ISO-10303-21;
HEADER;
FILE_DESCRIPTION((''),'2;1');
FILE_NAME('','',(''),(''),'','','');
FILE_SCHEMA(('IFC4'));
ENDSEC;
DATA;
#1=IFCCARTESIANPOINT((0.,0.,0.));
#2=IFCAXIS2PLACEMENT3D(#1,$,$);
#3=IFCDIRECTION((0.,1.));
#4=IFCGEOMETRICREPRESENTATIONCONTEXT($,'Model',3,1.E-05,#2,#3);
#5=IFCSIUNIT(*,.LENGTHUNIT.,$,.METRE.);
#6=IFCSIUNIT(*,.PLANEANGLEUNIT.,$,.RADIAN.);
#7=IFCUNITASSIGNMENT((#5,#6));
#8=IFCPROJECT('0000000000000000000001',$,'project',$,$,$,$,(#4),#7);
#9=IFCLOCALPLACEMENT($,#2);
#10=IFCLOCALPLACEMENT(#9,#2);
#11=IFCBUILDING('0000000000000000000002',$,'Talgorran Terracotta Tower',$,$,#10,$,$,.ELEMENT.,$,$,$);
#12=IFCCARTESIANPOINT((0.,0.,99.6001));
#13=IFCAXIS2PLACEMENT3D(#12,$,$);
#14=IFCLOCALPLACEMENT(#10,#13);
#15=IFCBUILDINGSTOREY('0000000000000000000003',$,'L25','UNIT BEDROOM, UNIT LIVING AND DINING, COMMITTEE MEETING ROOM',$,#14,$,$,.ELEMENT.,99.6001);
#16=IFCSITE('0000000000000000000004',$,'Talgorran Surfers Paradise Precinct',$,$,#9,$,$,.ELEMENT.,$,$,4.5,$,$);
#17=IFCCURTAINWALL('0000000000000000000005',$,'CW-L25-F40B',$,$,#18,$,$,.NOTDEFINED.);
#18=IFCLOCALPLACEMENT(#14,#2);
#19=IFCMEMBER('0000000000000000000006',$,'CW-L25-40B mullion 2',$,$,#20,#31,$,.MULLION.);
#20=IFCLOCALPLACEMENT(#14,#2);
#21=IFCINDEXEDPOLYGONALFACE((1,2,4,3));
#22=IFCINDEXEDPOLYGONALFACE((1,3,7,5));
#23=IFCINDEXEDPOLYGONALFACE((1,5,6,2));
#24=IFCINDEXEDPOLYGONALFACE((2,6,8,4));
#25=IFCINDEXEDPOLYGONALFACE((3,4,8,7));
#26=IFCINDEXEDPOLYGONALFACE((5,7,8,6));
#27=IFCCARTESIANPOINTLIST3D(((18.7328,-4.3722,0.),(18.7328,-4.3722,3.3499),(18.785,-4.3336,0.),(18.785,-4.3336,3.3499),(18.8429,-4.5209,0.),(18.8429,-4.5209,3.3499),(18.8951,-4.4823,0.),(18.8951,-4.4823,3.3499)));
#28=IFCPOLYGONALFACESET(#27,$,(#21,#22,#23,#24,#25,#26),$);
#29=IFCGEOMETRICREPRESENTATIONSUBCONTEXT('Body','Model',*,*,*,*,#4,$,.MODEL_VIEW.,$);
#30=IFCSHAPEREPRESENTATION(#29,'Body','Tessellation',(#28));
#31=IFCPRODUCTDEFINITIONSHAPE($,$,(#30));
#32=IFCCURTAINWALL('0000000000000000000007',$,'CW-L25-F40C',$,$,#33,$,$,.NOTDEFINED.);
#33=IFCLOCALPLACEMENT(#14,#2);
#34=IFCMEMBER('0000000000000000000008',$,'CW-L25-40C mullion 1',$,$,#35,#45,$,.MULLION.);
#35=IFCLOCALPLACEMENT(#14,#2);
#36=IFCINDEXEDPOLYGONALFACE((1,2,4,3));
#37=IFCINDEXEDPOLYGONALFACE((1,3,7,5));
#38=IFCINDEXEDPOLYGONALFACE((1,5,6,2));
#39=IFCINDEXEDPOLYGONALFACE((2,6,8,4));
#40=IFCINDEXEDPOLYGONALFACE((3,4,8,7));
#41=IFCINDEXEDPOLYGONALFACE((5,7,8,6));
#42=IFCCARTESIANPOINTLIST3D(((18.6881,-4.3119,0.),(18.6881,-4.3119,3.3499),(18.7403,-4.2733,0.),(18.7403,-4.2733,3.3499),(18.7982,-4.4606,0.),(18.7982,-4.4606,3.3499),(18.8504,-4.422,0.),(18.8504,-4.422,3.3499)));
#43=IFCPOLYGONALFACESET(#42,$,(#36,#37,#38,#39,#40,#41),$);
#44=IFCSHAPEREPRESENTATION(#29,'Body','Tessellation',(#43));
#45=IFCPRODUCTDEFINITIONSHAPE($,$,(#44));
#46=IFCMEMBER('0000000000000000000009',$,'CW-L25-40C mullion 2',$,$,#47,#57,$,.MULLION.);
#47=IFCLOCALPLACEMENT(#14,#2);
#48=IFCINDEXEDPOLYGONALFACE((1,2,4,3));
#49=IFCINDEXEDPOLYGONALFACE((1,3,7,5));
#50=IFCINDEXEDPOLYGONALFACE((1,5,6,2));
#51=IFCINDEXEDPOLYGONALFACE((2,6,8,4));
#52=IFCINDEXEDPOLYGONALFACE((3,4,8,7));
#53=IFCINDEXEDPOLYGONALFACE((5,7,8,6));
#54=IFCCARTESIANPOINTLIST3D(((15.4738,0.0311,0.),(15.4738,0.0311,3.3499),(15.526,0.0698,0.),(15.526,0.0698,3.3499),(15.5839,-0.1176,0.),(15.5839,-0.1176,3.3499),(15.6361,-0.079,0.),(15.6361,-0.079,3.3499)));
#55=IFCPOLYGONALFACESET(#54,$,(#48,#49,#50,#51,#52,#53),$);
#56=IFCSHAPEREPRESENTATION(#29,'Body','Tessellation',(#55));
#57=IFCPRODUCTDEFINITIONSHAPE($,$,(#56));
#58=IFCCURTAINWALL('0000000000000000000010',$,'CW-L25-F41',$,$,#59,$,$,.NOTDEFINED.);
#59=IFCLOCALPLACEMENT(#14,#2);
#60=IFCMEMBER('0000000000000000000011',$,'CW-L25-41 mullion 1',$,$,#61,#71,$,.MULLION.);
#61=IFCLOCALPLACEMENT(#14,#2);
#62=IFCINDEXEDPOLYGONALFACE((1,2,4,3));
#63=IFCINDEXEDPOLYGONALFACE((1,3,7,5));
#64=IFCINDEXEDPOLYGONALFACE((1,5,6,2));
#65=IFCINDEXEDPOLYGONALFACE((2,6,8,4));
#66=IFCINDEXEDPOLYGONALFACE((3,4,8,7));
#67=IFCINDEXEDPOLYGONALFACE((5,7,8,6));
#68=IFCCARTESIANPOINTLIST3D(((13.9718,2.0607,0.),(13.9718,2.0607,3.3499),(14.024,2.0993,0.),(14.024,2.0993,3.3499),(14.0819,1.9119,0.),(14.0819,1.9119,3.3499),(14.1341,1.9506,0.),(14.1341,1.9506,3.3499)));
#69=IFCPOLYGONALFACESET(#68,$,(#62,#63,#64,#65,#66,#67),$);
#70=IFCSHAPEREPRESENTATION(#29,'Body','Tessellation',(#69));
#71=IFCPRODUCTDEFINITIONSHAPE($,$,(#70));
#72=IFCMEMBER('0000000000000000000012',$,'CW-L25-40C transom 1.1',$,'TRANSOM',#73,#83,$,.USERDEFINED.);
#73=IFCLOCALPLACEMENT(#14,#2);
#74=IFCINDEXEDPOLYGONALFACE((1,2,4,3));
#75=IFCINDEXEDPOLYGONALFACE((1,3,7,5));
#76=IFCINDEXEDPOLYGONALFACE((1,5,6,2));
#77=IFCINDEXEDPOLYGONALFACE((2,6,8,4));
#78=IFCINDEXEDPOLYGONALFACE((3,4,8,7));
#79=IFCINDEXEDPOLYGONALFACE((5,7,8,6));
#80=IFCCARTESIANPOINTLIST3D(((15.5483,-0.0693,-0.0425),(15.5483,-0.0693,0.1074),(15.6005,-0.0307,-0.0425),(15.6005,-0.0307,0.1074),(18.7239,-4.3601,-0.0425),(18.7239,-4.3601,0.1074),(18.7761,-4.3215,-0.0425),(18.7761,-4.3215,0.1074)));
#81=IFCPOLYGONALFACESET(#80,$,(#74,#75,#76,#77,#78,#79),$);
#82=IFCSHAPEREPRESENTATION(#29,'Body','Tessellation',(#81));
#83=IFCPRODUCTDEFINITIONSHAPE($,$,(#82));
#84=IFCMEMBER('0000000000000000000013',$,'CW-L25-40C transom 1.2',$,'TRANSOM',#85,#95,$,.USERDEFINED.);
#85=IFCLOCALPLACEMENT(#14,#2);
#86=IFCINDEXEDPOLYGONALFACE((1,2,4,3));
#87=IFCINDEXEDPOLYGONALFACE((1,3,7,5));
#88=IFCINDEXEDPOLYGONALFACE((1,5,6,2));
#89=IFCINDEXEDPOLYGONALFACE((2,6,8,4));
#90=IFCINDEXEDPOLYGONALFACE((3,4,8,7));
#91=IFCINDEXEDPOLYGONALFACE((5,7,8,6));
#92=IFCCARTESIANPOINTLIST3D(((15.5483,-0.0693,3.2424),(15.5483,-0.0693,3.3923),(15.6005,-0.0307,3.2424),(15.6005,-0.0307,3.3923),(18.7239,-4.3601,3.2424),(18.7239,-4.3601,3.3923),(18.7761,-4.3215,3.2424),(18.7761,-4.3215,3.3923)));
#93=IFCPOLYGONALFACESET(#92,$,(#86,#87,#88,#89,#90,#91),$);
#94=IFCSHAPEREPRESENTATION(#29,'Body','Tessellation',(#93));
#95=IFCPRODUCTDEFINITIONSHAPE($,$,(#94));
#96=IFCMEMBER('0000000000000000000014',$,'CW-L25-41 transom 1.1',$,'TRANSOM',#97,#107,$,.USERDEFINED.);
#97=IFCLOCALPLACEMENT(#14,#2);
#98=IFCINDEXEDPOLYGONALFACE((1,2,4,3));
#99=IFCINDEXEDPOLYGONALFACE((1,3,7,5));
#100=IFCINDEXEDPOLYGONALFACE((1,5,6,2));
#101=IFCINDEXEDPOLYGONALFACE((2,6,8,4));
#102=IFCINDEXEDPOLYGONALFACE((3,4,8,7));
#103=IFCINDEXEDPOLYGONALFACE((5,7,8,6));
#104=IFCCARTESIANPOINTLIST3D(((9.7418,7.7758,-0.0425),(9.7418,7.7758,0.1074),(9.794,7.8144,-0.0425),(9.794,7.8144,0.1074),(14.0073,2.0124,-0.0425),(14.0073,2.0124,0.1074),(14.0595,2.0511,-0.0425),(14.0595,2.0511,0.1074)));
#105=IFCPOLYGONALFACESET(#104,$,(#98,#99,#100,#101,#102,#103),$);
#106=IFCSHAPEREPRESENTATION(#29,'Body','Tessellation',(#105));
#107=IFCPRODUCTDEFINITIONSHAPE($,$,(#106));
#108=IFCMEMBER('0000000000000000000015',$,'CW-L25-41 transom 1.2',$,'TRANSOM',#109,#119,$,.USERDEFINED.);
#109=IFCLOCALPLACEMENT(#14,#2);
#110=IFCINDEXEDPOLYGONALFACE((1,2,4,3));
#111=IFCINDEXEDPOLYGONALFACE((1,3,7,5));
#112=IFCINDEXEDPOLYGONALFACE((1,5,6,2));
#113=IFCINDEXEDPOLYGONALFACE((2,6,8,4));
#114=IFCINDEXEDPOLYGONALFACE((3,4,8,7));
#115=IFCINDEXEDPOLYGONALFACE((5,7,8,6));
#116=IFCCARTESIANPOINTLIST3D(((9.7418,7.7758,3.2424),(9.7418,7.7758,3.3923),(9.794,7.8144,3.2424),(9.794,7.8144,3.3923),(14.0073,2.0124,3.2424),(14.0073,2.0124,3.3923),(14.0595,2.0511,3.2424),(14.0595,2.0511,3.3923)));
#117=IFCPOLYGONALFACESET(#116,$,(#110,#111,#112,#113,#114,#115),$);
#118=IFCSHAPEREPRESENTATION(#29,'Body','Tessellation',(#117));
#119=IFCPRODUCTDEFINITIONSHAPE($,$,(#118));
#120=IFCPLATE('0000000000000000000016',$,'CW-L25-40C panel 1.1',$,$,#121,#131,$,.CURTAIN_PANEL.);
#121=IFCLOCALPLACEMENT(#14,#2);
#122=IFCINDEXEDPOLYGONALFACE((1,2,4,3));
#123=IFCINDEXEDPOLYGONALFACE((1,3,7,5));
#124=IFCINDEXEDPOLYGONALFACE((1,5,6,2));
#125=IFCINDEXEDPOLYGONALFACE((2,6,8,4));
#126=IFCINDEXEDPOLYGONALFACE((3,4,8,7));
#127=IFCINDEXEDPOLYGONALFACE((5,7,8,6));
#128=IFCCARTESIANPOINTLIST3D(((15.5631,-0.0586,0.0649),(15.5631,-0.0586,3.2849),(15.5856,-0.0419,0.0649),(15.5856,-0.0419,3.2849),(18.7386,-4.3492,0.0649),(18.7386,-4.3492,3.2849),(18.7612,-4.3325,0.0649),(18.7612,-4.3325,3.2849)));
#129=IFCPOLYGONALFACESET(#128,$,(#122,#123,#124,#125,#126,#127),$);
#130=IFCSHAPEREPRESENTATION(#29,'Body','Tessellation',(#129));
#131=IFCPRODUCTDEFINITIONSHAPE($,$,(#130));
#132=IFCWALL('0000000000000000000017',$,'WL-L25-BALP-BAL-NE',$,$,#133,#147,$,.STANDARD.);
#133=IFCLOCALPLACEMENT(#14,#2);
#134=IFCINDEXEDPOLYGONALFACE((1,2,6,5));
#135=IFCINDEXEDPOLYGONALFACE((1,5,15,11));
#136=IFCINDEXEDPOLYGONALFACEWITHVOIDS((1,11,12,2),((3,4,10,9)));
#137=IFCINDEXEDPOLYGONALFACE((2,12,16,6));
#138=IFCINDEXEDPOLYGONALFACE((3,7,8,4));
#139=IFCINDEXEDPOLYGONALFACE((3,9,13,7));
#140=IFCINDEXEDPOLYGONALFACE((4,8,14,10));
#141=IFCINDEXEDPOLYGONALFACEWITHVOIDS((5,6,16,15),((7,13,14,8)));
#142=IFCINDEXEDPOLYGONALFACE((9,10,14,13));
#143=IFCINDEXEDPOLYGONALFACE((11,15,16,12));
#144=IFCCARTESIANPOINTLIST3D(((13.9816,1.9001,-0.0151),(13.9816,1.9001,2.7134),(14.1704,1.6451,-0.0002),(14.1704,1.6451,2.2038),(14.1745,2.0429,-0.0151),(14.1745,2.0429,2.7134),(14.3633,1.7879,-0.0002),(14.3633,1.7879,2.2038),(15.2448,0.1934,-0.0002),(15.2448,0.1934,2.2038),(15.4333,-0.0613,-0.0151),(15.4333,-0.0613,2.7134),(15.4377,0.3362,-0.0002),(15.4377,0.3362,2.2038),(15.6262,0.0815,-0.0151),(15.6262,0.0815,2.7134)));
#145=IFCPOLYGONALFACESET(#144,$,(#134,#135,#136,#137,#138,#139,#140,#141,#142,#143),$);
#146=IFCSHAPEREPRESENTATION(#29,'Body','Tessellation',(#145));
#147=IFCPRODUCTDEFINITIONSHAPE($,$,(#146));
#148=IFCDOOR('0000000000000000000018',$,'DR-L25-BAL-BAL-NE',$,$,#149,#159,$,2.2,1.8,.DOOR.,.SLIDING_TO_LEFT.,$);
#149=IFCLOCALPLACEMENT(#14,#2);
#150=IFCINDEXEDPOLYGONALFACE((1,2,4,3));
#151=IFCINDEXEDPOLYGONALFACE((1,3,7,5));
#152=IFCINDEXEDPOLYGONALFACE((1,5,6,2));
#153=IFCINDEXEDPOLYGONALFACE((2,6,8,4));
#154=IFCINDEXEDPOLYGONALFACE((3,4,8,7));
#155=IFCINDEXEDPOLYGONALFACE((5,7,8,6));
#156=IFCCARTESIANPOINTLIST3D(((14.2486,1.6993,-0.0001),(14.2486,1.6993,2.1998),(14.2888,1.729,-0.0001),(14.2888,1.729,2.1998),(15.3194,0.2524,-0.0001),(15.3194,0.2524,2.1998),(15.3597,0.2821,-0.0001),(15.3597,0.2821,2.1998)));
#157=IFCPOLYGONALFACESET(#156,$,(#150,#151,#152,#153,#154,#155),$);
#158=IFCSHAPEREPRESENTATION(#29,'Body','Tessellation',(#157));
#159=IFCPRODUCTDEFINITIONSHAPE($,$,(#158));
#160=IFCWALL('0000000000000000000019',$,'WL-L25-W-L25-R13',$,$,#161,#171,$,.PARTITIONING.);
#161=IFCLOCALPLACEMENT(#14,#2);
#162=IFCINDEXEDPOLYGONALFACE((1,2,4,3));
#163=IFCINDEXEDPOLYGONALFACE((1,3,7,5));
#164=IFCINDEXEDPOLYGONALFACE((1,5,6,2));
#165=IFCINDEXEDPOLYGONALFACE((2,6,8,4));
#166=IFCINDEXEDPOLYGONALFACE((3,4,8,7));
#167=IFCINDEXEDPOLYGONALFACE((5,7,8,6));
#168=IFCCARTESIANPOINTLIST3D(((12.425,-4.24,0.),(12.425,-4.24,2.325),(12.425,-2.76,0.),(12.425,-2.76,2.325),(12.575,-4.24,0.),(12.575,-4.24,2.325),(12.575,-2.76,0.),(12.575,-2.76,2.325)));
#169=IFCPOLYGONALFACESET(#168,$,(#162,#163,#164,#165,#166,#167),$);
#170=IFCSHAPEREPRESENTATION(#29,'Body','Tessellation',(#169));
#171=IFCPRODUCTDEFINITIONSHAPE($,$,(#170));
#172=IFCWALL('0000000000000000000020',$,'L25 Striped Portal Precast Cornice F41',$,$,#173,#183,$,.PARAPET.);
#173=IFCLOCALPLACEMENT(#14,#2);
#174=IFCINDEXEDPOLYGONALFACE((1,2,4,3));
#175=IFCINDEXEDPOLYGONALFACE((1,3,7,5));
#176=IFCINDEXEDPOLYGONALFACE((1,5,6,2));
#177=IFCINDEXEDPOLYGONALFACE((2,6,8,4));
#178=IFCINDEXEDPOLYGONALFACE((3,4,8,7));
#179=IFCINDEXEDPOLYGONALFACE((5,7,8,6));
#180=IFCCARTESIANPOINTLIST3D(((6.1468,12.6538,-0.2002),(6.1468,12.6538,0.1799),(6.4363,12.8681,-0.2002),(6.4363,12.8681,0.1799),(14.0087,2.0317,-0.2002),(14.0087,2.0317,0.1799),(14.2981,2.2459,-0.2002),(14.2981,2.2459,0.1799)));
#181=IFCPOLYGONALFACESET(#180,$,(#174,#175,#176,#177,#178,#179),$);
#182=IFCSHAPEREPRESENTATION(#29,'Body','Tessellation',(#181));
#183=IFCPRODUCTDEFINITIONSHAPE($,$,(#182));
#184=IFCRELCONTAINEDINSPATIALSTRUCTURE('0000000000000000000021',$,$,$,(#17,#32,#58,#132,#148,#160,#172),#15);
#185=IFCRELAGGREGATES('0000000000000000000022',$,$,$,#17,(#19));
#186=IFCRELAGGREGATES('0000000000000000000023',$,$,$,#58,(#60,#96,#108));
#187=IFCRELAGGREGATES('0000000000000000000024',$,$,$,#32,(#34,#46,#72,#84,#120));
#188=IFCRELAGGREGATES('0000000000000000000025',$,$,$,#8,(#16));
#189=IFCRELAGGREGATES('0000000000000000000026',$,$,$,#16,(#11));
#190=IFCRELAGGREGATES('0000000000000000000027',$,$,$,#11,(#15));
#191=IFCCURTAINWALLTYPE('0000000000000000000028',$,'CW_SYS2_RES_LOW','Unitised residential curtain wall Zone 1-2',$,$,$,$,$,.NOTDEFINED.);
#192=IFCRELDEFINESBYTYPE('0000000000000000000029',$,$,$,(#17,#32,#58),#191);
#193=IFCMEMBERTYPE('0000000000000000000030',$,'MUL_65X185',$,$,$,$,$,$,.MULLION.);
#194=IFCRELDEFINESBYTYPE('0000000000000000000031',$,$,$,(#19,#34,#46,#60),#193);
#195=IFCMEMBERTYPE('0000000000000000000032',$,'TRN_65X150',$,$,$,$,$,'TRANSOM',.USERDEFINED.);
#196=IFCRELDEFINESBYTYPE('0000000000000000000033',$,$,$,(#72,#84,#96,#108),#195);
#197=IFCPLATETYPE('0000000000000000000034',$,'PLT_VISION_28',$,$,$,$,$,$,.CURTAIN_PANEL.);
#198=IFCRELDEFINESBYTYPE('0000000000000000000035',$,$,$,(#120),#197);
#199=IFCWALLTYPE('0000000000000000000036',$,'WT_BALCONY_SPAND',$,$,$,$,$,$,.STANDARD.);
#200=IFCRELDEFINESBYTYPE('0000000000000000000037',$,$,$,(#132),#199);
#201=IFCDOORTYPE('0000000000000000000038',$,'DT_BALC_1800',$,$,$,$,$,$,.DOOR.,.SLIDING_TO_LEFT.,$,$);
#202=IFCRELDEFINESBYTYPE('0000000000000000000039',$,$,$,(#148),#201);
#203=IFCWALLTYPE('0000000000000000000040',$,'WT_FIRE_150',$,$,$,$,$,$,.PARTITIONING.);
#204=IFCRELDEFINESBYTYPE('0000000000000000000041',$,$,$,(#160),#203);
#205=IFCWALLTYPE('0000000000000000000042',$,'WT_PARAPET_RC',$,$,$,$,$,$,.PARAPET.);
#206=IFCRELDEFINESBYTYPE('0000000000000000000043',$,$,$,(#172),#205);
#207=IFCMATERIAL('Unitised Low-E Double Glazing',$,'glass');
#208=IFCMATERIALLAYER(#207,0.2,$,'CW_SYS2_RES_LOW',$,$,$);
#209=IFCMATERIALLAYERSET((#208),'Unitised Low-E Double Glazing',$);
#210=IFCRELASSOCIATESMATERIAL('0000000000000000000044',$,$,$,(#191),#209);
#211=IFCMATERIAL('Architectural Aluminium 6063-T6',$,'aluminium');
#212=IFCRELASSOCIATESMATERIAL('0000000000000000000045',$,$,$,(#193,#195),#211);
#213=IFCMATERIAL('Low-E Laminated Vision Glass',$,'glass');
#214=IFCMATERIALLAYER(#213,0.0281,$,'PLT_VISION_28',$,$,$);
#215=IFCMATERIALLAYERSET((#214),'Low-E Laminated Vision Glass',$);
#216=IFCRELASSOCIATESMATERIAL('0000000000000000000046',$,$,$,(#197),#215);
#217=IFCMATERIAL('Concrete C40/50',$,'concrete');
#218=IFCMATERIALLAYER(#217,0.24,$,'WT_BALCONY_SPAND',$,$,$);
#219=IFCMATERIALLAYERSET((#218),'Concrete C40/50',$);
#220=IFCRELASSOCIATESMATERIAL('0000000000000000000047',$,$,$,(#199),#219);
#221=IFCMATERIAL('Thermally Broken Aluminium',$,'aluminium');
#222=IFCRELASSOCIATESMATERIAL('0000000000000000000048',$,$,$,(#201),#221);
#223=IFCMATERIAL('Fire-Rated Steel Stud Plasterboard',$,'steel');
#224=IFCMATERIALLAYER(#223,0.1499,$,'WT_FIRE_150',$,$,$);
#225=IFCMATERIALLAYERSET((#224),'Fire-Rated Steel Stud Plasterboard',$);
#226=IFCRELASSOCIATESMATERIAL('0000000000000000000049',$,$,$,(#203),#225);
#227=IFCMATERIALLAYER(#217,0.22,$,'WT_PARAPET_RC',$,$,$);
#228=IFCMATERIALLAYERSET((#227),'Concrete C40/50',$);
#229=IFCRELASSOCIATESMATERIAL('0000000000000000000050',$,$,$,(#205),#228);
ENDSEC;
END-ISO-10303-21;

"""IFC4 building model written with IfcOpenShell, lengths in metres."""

from ifc_helpers import new_model, si_unit, direction, frame, frame_2d, origin, origin_2d, place, context, subcontext, project, spatial, rectangle, extrude, source, transform, mapped, material, layer, layer_set, material_profile, profile_set, type_object, type_shapes, element, fill, aggregate, save


model = new_model("IFC4")

# Units and contexts
model_context = context("Model", 3, precision=1e-05, world=origin(), true_north=direction((0.0, 1.0)))
body_context = subcontext(model_context, "Body", "Model", "MODEL_VIEW")
ifc_project = project(units=[si_unit("LENGTHUNIT", "METRE"), si_unit("PLANEANGLEUNIT", "RADIAN")], contexts=[model_context])

# Site, building, storey
site_placement = place(None, origin())
site = spatial("IfcSite", under=ifc_project, at=site_placement, Name="Talgorran Surfers Paradise Precinct", CompositionType="ELEMENT", RefElevation=4.5)
building_placement = place(site_placement, origin())
building = spatial("IfcBuilding", under=site, at=building_placement, Name="Talgorran Terracotta Tower", CompositionType="ELEMENT")
storey_placement = place(building_placement, frame((0.0, 0.0, 99.6001)))
storey = spatial("IfcBuildingStorey", under=building, at=storey_placement, Name="L25", Description="UNIT BEDROOM, UNIT LIVING AND DINING, COMMITTEE MEETING ROOM", CompositionType="ELEMENT", Elevation=99.6001)

# Curtain wall, member
ifc_material_1 = material(Name="Unitised Low-E Double Glazing", Category="glass")
ifc_layer_1 = layer(ifc_material_1, 0.2, Name="CW_SYS2_RES_LOW")
ifc_layer_set_1 = layer_set([ifc_layer_1], Name="Unitised Low-E Double Glazing")
curtain_wall_type = type_object("IfcCurtainWallType", Name="CW_SYS2_RES_LOW", Description="Unitised residential curtain wall Zone 1-2", PredefinedType="NOTDEFINED", material=ifc_layer_set_1)
curtain_wall_1_placement = place(storey_placement, origin())
curtain_wall_1 = element("IfcCurtainWall", 1, at=curtain_wall_1_placement, inside=storey, type_object=curtain_wall_type, Name="CW-L25-F40B", PredefinedType="NOTDEFINED")
ifc_material_2 = material(Name="Architectural Aluminium 6063-T6", Category="aluminium")
ifc_material_profile_1 = material_profile(ifc_material_2, rectangle(XDim=0.0649, YDim=0.1851, at=origin_2d()), Name="CWM65X185")
ifc_profile_set_1 = profile_set([ifc_material_profile_1], Name="Architectural Aluminium 6063-T6")
member_type_1 = type_object("IfcMemberType", Name="MUL_65X185", PredefinedType="MULLION", material=ifc_profile_set_1)
member_1_placement = place(storey_placement, frame((18.814, -4.4272, 0.0), z_axis=(0.0, 0.0, 1.0), x_axis=(-0.803792, -0.59491, 0.0)))
member_1 = element("IfcMember", 2, at=member_1_placement, type_object=member_type_1, Name="CW-L25-40B mullion 2", PredefinedType="MULLION", context=body_context, shape_type="SweptSolid", body=[
    extrude(rectangle(XDim=0.0649, YDim=0.1851, at=origin_2d()), origin(), (0.0, 0.0, 1.0), 3.3499),
])
aggregate(curtain_wall_1, [member_1])

# Curtain wall, members
curtain_wall_2_placement = place(storey_placement, origin())
curtain_wall_2 = element("IfcCurtainWall", 3, at=curtain_wall_2_placement, inside=storey, type_object=curtain_wall_type, Name="CW-L25-F40C", PredefinedType="NOTDEFINED")
member_2_placement = place(storey_placement, frame((18.7693, -4.3669, 0.0), z_axis=(0.0, 0.0, 1.0), x_axis=(-0.803796, -0.594905, 0.0)))
member_2 = element("IfcMember", 4, at=member_2_placement, type_object=member_type_1, Name="CW-L25-40C mullion 1", PredefinedType="MULLION", context=body_context, shape_type="SweptSolid", body=[
    extrude(rectangle(XDim=0.0649, YDim=0.1851, at=origin_2d()), origin(), (0.0, 0.0, 1.0), 3.3499),
])
member_3_placement = place(storey_placement, frame((15.5549, -0.0239, 0.0), z_axis=(0.0, 0.0, 1.0), x_axis=(-0.803796, -0.594905, 0.0)))
member_3 = element("IfcMember", 5, at=member_3_placement, type_object=member_type_1, Name="CW-L25-40C mullion 2", PredefinedType="MULLION", context=body_context, shape_type="SweptSolid", body=[
    extrude(rectangle(XDim=0.0649, YDim=0.1851, at=origin_2d()), origin(), (0.0, 0.0, 1.0), 3.3499),
])

# Curtain wall, member
curtain_wall_3_placement = place(storey_placement, origin())
curtain_wall_3 = element("IfcCurtainWall", 6, at=curtain_wall_3_placement, inside=storey, type_object=curtain_wall_type, Name="CW-L25-F41", PredefinedType="NOTDEFINED")
member_4_placement = place(storey_placement, frame((14.053, 2.0056, 0.0), z_axis=(0.0, 0.0, 1.0), x_axis=(-0.803793, -0.59491, 0.0)))
member_4 = element("IfcMember", 7, at=member_4_placement, type_object=member_type_1, Name="CW-L25-41 mullion 1", PredefinedType="MULLION", context=body_context, shape_type="SweptSolid", body=[
    extrude(rectangle(XDim=0.0649, YDim=0.1851, at=origin_2d()), origin(), (0.0, 0.0, 1.0), 3.3499),
])

# Members
ifc_material_profile_2 = material_profile(ifc_material_2, rectangle(XDim=0.0649, YDim=0.1499, at=origin_2d()), Name="CWT65X150")
ifc_profile_set_2 = profile_set([ifc_material_profile_2], Name="Architectural Aluminium 6063-T6")
member_type_2 = type_object("IfcMemberType", Name="TRN_65X150", ElementType="TRANSOM", PredefinedType="USERDEFINED", material=ifc_profile_set_2)
member_5_placement = place(storey_placement, frame((18.75, -4.3408, 0.0325), z_axis=(-0.594887, 0.803809, 0.0), x_axis=(-0.803809, -0.594887, 0.0)))
member_5 = element("IfcMember", 8, at=member_5_placement, type_object=member_type_2, Name="CW-L25-40C transom 1.1", ObjectType="TRANSOM", PredefinedType="USERDEFINED", context=body_context, shape_type="SweptSolid", body=[
    extrude(rectangle(XDim=0.0649, YDim=0.1499, at=origin_2d()), origin(), (0.0, 0.0, 1.0), 5.3381),
])
member_6_placement = place(storey_placement, frame((18.75, -4.3408, 3.3174), z_axis=(-0.594887, 0.803809, 0.0), x_axis=(-0.803809, -0.594887, 0.0)))
member_6 = element("IfcMember", 9, at=member_6_placement, type_object=member_type_2, Name="CW-L25-40C transom 1.2", ObjectType="TRANSOM", PredefinedType="USERDEFINED", context=body_context, shape_type="SweptSolid", body=[
    extrude(rectangle(XDim=0.0649, YDim=0.1499, at=origin_2d()), origin(), (0.0, 0.0, 1.0), 5.3381),
])
member_7_placement = place(storey_placement, frame((14.0334, 2.0317, 0.0325), z_axis=(-0.594905, 0.803796, 0.0), x_axis=(-0.803796, -0.594905, 0.0)))
member_7 = element("IfcMember", 10, at=member_7_placement, type_object=member_type_2, Name="CW-L25-41 transom 1.1", ObjectType="TRANSOM", PredefinedType="USERDEFINED", context=body_context, shape_type="SweptSolid", body=[
    extrude(rectangle(XDim=0.0649, YDim=0.1499, at=origin_2d()), origin(), (0.0, 0.0, 1.0), 7.1702),
])
member_8_placement = place(storey_placement, frame((14.0334, 2.0317, 3.3174), z_axis=(-0.594905, 0.803796, 0.0), x_axis=(-0.803796, -0.594905, 0.0)))
member_8 = element("IfcMember", 11, at=member_8_placement, type_object=member_type_2, Name="CW-L25-41 transom 1.2", ObjectType="TRANSOM", PredefinedType="USERDEFINED", context=body_context, shape_type="SweptSolid", body=[
    extrude(rectangle(XDim=0.0649, YDim=0.1499, at=origin_2d()), origin(), (0.0, 0.0, 1.0), 7.1702),
])
aggregate(curtain_wall_3, [member_4, member_7, member_8])

# Plate
ifc_material_3 = material(Name="Low-E Laminated Vision Glass", Category="glass")
ifc_layer_2 = layer(ifc_material_3, 0.0281, Name="PLT_VISION_28")
ifc_layer_set_2 = layer_set([ifc_layer_2], Name="Low-E Laminated Vision Glass")
plate_type = type_object("IfcPlateType", Name="PLT_VISION_28", PredefinedType="CURTAIN_PANEL", material=ifc_layer_set_2)
shared_shape = source(origin(), body_context, "Body", "SweptSolid", [
    extrude(rectangle(XDim=5.3379, YDim=0.0281, at=origin_2d()), origin(), (0.0, 0.0, 1.0), 3.22),
])
type_shapes(plate_type, [shared_shape])
plate_placement = place(storey_placement, frame((17.1621, -2.1956, 0.0649), z_axis=(0.0, 0.0, 1.0), x_axis=(-0.594905, 0.803796, 0.0)))
plate = element("IfcPlate", 12, at=plate_placement, type_object=plate_type, Name="CW-L25-40C panel 1.1", PredefinedType="CURTAIN_PANEL", context=body_context, shape_type="MappedRepresentation", body=[
    mapped(shared_shape, transform((0.0, 0.0, 0.0), scale=1.0)),
])
aggregate(curtain_wall_2, [member_2, member_3, member_5, member_6, plate])

# Wall, opening, door
ifc_material_4 = material(Name="Concrete C40/50", Category="concrete")
ifc_layer_3 = layer(ifc_material_4, 0.24, Name="WT_BALCONY_SPAND")
ifc_layer_set_3 = layer_set([ifc_layer_3], Name="Concrete C40/50")
wall_type_1 = type_object("IfcWallType", Name="WT_BALCONY_SPAND", PredefinedType="STANDARD", material=ifc_layer_set_3)
wall_1_placement = place(storey_placement, frame((15.5298, 0.01, -0.0151), z_axis=(0.0, 0.0, 1.0), x_axis=(-0.594897, 0.803802, 0.0)))
wall_1 = element("IfcWall", 13, at=wall_1_placement, inside=storey, type_object=wall_type_1, Name="WL-L25-BALP-BAL-NE", PredefinedType="STANDARD", context=body_context, shape_type="SweptSolid", body=[
    extrude(rectangle(XDim=2.4402, YDim=0.24, at=frame_2d((1.2202, 0.0))), origin(), (0.0, 0.0, 1.0), 2.7285),
])
opening_1_placement = place(wall_1_placement, frame((0.3201, 0.0, 0.0149)))
opening_1 = element("IfcOpeningElement", 14, at=opening_1_placement, cuts=wall_1, PredefinedType="OPENING", context=body_context, shape_type="SweptSolid", body=[
    extrude(rectangle(XDim=1.806, YDim=2.204, at=frame_2d((0.8999, 1.1021))), frame((0.0, 0.1299, 0.0), z_axis=(0.0, -1.0, 0.0), x_axis=(1.0, 0.0, 0.0)), (0.0, 0.0, 1.0), 0.26),
])
ifc_material_5 = material(Name="Thermally Broken Aluminium", Category="aluminium")
door_type_1 = type_object("IfcDoorType", Name="DT_BALC_1800", OperationType="SLIDING_TO_LEFT", PredefinedType="DOOR", material=ifc_material_5)
door_1_placement = place(opening_1_placement, origin())
door_1 = element("IfcDoor", 15, at=door_1_placement, inside=storey, type_object=door_type_1, Name="DR-L25-BAL-BAL-NE", OperationType="SLIDING_TO_LEFT", OverallHeight=2.2, OverallWidth=1.8, PredefinedType="DOOR", context=body_context, shape_type="SweptSolid", body=[
    extrude(rectangle(XDim=1.8, YDim=2.2, at=frame_2d((0.8999, 1.1001))), frame((0.0, 0.0249, 0.0), z_axis=(0.0, -1.0, 0.0), x_axis=(1.0, 0.0, 0.0)), (0.0, 0.0, 1.0), 0.05),
])
fill(opening_1, door_1)

# Walls
ifc_material_6 = material(Name="Fire-Rated Steel Stud Plasterboard", Category="steel")
ifc_layer_4 = layer(ifc_material_6, 0.1499, Name="WT_FIRE_150")
ifc_layer_set_4 = layer_set([ifc_layer_4], Name="Fire-Rated Steel Stud Plasterboard")
wall_type_2 = type_object("IfcWallType", Name="WT_FIRE_150", PredefinedType="PARTITIONING", material=ifc_layer_set_4)
wall_2_placement = place(storey_placement, frame((12.5, -4.24, 0.0), z_axis=(0.0, 0.0, 1.0), x_axis=(0.0, 1.0, 0.0)))
element("IfcWall", 16, at=wall_2_placement, inside=storey, type_object=wall_type_2, Name="WL-L25-W-L25-R13", PredefinedType="PARTITIONING", context=body_context, shape_type="SweptSolid", body=[
    extrude(rectangle(XDim=1.48, YDim=0.1499, at=frame_2d((0.74, 0.0))), origin(), (0.0, 0.0, 1.0), 2.325),
])
ifc_layer_5 = layer(ifc_material_4, 0.22, Name="WT_PARAPET_RC")
ifc_layer_set_5 = layer_set([ifc_layer_5], Name="Concrete C40/50")
wall_type_3 = type_object("IfcWallType", Name="WT_PARAPET_RC", PredefinedType="PARAPET", material=ifc_layer_set_5)
wall_3_placement = place(storey_placement, frame((14.1533, 2.1389, -0.2002), z_axis=(0.0, 0.0, 1.0), x_axis=(-0.594916, 0.803788, 0.0)))
element("IfcWall", 17, at=wall_3_placement, inside=storey, type_object=wall_type_3, Name="L25 Striped Portal Precast Cornice F41", PredefinedType="PARAPET", context=body_context, shape_type="SweptSolid", body=[
    extrude(rectangle(XDim=13.2151, YDim=0.3601, at=frame_2d((6.6074, 0.0))), origin(), (0.0, 0.0, 1.0), 0.3801),
])

save(model, "model.ifc")
